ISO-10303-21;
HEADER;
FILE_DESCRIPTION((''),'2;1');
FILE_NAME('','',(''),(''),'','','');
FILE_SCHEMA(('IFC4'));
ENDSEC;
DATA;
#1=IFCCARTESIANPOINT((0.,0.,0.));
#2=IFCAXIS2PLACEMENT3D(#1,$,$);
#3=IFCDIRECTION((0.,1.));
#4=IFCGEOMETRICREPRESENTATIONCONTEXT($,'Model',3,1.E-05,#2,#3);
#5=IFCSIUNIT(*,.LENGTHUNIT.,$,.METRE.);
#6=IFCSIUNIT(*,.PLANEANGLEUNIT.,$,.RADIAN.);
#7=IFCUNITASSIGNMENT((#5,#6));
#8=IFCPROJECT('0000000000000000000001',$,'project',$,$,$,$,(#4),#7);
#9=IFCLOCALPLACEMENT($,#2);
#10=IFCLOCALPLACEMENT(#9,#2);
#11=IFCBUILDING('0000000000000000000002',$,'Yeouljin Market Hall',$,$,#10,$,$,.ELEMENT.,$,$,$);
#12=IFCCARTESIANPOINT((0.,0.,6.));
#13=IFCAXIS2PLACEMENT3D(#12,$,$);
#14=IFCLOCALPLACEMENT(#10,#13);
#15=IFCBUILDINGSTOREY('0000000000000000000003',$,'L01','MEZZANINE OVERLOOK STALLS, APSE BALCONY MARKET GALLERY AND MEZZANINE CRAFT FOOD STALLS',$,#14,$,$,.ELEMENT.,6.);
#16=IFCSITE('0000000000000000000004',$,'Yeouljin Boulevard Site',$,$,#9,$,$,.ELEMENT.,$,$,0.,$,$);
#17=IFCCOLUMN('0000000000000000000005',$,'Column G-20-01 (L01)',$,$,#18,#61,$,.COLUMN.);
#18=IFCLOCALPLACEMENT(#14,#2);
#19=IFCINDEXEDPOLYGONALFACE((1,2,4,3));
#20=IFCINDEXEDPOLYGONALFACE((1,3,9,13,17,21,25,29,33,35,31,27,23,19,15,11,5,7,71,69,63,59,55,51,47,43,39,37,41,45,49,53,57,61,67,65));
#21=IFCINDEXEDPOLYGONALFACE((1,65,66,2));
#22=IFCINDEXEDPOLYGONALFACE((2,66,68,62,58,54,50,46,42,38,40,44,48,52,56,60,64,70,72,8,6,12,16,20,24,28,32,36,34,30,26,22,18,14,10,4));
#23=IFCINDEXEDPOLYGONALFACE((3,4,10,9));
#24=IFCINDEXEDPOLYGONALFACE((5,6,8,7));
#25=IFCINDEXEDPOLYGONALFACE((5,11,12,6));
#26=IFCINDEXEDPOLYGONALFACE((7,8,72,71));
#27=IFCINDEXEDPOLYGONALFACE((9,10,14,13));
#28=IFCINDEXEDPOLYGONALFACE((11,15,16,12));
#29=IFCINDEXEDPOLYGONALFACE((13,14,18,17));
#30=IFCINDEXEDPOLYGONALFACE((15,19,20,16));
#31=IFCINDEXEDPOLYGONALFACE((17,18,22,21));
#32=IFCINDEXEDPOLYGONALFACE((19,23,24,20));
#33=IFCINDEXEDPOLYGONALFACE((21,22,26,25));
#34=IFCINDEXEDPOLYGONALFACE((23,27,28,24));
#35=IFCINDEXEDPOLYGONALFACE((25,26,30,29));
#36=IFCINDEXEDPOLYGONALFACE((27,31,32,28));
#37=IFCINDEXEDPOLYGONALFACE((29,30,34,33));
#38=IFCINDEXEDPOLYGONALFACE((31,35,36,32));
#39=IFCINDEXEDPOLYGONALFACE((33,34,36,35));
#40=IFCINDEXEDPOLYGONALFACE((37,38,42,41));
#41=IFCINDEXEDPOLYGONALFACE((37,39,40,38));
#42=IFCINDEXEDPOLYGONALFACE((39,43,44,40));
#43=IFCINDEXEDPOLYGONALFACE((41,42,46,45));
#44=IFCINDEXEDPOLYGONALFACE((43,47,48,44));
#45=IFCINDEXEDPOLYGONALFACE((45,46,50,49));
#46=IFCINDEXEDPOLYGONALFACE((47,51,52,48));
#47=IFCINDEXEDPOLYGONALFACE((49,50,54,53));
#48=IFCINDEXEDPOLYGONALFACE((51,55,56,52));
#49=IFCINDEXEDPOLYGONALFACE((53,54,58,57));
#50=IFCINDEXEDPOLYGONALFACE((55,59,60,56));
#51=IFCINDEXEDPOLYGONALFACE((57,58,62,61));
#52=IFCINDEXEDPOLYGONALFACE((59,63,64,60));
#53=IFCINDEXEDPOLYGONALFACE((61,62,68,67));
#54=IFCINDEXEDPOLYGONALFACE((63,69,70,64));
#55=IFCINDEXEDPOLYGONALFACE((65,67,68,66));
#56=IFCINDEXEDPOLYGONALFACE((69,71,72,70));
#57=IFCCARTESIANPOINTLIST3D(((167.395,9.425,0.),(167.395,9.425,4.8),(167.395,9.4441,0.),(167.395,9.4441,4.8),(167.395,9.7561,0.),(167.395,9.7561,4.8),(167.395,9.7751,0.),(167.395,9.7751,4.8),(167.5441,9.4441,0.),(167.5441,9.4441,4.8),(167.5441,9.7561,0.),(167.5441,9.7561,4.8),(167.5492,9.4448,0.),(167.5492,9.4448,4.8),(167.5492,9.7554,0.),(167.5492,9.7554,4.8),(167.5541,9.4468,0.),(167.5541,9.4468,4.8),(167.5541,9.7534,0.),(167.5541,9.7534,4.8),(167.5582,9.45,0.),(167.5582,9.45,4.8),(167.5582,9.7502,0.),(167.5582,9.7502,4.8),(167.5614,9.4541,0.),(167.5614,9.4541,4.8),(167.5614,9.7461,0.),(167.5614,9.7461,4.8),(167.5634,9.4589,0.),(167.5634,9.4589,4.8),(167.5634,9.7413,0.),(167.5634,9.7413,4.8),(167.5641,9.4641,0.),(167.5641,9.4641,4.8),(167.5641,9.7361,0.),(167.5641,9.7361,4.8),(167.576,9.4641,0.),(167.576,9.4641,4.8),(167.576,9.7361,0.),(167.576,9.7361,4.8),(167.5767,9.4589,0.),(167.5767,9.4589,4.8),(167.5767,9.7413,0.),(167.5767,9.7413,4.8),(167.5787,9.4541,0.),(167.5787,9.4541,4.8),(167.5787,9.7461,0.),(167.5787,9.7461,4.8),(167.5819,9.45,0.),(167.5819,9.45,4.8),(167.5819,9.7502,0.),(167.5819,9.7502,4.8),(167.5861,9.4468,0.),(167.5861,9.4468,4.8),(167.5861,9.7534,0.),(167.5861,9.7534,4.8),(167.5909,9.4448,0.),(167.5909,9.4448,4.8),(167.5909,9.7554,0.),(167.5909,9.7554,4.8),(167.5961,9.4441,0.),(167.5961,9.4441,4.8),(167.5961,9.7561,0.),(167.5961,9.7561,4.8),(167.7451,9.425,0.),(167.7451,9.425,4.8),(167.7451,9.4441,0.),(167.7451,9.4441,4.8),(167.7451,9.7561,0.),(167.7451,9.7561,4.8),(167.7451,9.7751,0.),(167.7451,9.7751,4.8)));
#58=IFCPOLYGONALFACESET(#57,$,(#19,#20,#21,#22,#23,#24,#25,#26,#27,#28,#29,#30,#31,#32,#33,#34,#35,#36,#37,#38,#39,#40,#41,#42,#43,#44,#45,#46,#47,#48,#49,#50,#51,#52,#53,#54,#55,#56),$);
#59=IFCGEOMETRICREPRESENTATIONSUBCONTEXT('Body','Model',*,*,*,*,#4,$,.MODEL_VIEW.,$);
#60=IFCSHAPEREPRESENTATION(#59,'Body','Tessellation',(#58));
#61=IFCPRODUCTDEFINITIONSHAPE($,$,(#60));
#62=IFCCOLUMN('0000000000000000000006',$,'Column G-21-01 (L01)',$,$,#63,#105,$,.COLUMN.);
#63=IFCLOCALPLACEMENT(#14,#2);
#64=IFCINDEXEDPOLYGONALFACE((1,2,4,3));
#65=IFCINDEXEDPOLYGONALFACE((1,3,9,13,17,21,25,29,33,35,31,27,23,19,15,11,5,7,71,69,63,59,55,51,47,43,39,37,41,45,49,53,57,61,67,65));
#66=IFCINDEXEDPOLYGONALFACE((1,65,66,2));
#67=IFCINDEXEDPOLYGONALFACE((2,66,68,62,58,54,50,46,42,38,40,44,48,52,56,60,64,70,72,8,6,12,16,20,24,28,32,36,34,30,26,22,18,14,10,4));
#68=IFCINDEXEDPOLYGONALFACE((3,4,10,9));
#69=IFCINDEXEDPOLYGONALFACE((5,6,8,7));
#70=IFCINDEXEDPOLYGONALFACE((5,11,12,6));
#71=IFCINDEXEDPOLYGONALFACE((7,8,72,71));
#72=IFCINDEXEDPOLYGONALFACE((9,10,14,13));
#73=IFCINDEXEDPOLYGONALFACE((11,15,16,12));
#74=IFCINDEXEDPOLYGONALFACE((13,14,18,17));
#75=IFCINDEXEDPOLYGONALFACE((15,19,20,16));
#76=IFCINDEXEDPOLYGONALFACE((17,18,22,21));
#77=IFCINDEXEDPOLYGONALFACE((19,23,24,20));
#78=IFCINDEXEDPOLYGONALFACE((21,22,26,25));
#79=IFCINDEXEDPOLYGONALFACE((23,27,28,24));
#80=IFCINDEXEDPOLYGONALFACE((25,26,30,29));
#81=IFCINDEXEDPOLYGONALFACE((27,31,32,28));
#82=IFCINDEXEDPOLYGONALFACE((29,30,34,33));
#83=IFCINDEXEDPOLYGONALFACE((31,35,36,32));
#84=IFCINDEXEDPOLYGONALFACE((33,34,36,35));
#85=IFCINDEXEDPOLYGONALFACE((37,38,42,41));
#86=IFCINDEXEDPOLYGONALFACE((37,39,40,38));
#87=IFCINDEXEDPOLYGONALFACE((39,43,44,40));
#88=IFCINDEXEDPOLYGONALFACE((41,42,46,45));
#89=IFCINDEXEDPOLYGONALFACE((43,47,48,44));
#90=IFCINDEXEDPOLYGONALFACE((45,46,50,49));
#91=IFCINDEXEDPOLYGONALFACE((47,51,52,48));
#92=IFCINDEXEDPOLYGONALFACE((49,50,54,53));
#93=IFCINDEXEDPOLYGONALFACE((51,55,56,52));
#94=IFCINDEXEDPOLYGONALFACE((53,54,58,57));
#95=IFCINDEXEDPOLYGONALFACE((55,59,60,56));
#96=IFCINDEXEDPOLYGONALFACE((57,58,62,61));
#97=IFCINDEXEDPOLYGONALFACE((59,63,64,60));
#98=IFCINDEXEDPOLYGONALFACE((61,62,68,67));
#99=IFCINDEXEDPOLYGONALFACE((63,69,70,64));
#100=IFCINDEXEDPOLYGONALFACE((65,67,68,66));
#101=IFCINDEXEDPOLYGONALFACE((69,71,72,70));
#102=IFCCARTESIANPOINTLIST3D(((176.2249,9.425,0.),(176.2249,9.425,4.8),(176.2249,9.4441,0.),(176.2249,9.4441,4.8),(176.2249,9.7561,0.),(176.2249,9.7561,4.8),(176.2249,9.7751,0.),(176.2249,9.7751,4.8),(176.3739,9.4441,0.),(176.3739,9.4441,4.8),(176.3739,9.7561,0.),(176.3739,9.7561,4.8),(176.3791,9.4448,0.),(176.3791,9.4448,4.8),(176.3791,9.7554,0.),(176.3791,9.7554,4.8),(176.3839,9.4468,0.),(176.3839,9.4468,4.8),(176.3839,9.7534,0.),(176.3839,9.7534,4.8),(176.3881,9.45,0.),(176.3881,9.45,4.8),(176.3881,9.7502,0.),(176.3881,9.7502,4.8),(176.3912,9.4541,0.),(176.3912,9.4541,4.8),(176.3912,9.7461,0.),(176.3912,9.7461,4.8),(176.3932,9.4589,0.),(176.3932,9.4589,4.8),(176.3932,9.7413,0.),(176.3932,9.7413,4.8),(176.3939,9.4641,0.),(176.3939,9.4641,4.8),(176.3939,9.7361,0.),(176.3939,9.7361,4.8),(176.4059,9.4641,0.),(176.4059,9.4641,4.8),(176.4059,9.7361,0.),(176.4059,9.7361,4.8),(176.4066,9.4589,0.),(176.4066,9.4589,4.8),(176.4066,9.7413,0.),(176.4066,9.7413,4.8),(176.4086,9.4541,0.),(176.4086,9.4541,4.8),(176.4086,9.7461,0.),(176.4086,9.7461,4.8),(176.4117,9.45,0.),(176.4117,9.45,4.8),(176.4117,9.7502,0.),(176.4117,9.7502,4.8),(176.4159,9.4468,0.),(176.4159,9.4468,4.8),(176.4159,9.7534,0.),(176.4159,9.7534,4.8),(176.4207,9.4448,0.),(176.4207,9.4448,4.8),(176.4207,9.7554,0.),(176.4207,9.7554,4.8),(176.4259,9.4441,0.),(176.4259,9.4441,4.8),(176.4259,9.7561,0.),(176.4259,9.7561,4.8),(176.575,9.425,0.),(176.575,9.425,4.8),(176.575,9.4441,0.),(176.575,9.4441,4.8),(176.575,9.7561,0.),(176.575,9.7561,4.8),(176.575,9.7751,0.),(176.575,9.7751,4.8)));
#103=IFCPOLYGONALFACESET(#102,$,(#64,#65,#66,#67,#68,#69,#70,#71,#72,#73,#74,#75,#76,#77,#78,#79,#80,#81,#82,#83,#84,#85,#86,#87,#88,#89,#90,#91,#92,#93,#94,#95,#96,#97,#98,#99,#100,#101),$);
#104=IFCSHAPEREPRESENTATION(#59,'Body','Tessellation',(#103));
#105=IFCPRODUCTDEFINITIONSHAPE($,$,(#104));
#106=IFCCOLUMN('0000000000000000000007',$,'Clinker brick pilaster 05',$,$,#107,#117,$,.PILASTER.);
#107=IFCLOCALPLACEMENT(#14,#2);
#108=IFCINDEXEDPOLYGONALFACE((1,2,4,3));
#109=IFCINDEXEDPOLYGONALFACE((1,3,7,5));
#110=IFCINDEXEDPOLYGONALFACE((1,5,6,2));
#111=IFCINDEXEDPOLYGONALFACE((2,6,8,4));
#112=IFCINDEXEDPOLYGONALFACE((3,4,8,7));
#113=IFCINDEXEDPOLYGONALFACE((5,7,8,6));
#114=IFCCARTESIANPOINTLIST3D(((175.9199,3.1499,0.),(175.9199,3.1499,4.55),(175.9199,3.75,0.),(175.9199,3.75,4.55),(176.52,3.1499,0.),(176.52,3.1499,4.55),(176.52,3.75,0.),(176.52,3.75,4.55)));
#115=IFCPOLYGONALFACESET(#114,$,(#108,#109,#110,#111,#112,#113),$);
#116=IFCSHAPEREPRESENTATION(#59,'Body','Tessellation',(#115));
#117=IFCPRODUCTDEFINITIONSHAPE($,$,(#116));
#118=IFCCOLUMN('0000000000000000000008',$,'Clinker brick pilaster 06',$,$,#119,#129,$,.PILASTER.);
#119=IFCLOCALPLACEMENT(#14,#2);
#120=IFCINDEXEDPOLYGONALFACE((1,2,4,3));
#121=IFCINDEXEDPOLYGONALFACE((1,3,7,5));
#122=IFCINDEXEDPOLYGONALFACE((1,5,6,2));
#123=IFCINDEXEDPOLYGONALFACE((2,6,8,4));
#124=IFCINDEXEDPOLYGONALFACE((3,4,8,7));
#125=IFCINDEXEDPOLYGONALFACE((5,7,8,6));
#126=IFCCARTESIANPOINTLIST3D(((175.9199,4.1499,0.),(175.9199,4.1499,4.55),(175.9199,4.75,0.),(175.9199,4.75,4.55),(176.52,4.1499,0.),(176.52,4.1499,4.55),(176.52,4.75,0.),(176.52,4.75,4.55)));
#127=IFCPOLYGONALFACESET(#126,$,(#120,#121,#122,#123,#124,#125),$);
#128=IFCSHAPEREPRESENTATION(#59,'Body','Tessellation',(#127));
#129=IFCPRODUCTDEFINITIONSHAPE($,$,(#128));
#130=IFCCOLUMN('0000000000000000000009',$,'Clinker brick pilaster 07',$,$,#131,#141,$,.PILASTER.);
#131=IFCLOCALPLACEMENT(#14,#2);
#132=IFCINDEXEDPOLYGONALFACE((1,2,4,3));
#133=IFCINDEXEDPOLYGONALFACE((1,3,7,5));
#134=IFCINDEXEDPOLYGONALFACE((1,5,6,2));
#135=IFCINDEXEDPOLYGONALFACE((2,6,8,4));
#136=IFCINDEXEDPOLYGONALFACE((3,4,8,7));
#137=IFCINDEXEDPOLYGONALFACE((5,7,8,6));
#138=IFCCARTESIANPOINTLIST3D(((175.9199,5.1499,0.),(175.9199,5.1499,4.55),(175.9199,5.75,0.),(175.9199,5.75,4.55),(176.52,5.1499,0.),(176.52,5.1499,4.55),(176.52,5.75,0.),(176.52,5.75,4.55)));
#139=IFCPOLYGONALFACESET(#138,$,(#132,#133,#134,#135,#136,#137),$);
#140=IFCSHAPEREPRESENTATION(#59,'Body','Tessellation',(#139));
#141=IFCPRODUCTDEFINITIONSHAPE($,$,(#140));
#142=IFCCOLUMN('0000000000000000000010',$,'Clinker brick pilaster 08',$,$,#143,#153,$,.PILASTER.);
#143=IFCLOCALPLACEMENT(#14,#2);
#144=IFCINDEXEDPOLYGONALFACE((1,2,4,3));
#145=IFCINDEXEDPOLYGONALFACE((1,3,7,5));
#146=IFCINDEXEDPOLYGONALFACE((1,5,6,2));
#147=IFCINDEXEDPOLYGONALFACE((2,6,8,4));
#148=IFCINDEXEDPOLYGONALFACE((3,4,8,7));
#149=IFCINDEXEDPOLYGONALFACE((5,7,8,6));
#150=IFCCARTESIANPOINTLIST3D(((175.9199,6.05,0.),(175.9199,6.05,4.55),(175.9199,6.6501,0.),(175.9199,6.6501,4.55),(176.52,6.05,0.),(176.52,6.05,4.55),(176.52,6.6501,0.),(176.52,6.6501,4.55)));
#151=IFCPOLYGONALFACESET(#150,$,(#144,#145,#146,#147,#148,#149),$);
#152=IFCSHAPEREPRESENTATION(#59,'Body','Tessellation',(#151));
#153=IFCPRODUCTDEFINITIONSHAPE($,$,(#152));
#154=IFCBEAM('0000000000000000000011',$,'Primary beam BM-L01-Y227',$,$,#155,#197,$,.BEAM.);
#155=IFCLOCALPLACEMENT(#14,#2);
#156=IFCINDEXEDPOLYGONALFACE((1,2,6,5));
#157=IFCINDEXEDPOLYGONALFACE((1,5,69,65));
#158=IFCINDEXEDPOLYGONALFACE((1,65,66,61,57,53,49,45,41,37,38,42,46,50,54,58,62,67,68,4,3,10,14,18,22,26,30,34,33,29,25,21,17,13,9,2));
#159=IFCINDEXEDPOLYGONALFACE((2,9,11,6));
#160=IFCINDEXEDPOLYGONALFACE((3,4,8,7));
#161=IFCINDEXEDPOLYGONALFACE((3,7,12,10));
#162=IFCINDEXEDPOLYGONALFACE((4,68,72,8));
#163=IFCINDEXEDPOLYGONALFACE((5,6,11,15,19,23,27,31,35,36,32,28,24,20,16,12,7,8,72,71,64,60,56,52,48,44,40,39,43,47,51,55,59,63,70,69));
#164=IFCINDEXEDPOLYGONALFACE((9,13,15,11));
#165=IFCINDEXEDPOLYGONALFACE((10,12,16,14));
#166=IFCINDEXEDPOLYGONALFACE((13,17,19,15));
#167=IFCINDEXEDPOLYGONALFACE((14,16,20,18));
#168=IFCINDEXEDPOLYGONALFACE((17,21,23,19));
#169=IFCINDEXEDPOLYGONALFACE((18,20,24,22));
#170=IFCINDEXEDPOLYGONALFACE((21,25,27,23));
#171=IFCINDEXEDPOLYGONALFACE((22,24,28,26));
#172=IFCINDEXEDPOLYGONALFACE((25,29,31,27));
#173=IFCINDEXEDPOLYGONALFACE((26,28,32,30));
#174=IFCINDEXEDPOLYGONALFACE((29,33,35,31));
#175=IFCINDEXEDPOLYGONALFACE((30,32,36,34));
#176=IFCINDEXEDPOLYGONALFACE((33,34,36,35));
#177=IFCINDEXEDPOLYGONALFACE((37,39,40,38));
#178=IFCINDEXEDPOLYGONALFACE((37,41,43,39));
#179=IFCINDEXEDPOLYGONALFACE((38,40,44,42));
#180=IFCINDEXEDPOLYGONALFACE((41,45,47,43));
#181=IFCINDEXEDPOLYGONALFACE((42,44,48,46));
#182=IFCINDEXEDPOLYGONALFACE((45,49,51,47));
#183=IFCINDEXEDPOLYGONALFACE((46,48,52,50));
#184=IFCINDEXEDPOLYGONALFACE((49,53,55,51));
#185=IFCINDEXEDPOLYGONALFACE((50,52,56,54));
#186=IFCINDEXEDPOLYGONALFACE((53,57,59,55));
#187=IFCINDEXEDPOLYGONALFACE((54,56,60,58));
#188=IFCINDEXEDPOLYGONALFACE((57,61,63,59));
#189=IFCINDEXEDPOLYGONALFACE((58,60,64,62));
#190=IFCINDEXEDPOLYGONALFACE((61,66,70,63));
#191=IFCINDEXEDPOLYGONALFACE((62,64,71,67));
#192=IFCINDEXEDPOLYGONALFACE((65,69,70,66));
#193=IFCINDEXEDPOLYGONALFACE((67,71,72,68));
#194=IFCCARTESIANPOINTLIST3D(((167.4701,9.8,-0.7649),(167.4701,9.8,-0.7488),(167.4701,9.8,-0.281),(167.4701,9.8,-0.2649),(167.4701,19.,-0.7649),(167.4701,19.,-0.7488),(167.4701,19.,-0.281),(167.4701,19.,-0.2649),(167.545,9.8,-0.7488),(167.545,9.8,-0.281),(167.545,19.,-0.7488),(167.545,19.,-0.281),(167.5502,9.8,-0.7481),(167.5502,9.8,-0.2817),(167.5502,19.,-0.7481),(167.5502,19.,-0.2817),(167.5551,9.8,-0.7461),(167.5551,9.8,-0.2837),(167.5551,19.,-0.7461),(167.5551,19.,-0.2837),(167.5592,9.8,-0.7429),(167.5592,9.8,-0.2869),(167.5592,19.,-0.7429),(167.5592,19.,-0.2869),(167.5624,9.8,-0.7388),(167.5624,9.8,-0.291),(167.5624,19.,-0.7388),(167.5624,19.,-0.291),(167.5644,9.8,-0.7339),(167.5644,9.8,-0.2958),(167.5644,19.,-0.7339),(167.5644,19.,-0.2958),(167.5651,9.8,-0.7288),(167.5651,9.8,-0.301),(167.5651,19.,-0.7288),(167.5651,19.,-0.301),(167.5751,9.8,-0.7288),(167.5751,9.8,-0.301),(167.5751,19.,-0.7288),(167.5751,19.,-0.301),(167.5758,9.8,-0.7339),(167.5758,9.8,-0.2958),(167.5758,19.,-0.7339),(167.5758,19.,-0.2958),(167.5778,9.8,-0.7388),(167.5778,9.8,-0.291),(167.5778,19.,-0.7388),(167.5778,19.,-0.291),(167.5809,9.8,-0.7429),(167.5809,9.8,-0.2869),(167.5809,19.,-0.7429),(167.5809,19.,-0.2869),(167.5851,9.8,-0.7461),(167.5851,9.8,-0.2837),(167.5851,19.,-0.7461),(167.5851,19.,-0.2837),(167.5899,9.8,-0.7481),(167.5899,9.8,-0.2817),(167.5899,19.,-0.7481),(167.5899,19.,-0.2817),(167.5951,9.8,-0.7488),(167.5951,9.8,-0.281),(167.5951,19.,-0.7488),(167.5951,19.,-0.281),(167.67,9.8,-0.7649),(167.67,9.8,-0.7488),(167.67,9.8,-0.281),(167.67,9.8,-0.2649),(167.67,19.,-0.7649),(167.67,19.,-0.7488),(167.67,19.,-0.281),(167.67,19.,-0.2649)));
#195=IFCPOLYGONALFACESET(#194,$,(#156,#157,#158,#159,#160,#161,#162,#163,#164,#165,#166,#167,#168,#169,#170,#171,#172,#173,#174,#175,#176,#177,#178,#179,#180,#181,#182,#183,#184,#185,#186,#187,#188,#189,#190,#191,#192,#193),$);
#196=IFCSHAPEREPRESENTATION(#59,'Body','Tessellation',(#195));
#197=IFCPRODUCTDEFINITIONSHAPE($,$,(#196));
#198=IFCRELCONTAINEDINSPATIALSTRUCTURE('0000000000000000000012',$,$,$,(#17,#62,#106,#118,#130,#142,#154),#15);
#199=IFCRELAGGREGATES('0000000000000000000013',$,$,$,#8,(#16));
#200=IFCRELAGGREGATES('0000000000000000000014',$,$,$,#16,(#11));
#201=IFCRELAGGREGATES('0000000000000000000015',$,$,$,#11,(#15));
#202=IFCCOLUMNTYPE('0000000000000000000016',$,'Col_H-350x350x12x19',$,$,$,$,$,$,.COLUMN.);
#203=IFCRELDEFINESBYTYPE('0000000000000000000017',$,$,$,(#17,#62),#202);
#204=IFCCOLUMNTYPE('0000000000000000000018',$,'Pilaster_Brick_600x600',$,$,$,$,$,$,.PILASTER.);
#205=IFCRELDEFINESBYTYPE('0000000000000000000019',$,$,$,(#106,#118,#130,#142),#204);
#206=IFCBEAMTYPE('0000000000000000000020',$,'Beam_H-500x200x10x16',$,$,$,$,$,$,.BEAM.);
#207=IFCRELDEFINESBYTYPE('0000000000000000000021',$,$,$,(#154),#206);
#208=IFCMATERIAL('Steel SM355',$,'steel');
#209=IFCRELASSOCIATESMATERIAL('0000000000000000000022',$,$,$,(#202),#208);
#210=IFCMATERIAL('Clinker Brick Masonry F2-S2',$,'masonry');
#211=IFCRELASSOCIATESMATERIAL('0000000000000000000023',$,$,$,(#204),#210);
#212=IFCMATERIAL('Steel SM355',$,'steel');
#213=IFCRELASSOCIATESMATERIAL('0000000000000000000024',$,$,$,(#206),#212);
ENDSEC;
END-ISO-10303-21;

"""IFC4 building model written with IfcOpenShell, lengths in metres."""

from ifc_helpers import new_model, si_unit, direction, frame, origin, origin_2d, place, context, subcontext, project, spatial, rectangle, i_section, extrude, material, material_profile, profile_set, type_object, element, save


model = new_model("IFC4")

# Units and contexts
model_context = context("Model", 3, precision=1e-05, world=origin(), true_north=direction((0.0, 1.0)))
body_context = subcontext(model_context, "Body", "Model", "MODEL_VIEW")
ifc_project = project(units=[si_unit("LENGTHUNIT", "METRE"), si_unit("PLANEANGLEUNIT", "RADIAN")], contexts=[model_context])

# Site, building, storey
site_placement = place(None, origin())
site = spatial("IfcSite", under=ifc_project, at=site_placement, Name="Yeouljin Boulevard Site", CompositionType="ELEMENT", RefElevation=0.0)
building_placement = place(site_placement, origin())
building = spatial("IfcBuilding", under=site, at=building_placement, Name="Yeouljin Market Hall", CompositionType="ELEMENT")
storey_placement = place(building_placement, frame((0.0, 0.0, 6.0)))
storey = spatial("IfcBuildingStorey", under=building, at=storey_placement, Name="L01", Description="MEZZANINE OVERLOOK STALLS, APSE BALCONY MARKET GALLERY AND MEZZANINE CRAFT FOOD STALLS", CompositionType="ELEMENT", Elevation=6.0)

# Columns
ifc_material_1 = material(Name="Steel SM355", Category="steel")
ifc_material_profile_1 = material_profile(ifc_material_1, i_section(OverallWidth=0.3501, OverallDepth=0.3501, WebThickness=0.012, FlangeThickness=0.019, FilletRadius=0.02, at=origin_2d()), Name="H-350x350x12x19")
ifc_profile_set_1 = profile_set([ifc_material_profile_1], Name="Steel SM355")
column_type_1 = type_object("IfcColumnType", Name="Col_H-350x350x12x19", PredefinedType="COLUMN", material=ifc_profile_set_1)
for number, where, z_axis, x_axis, name in (
    (1, (167.5701, 9.6001, 0.0), (0.0, 0.0, 1.0), (1.0, 0.0, 0.0), "Column G-20-01 (L01)"),
    (2, (176.3999, 9.6001, 0.0), (0.0, 0.0, 1.0), (1.0, 0.0, 0.0), "Column G-21-01 (L01)"),
):
    element("IfcColumn", number, at=place(storey_placement, frame(where, z_axis=z_axis, x_axis=x_axis)), inside=storey, type_object=column_type_1, Name=name, PredefinedType="COLUMN", context=body_context, shape_type="SweptSolid", body=[
        extrude(i_section(OverallWidth=0.3501, OverallDepth=0.3501, WebThickness=0.012, FlangeThickness=0.019, FilletRadius=0.02, at=origin_2d()), origin(), (0.0, 0.0, 1.0), 4.8),
    ])
ifc_material_2 = material(Name="Clinker Brick Masonry F2-S2", Category="masonry")
ifc_material_profile_2 = material_profile(ifc_material_2, rectangle(XDim=0.6001, YDim=0.6001, at=origin_2d()), Name="PIL-600x600")
ifc_profile_set_2 = profile_set([ifc_material_profile_2], Name="Clinker Brick Masonry F2-S2")
column_type_2 = type_object("IfcColumnType", Name="Pilaster_Brick_600x600", PredefinedType="PILASTER", material=ifc_profile_set_2)
for number, where, z_axis, x_axis, name in (
    (3, (176.22, 3.45, 0.0), (0.0, 0.0, 1.0), (1.0, 0.0, 0.0), "Clinker brick pilaster 05"),
    (4, (176.22, 4.45, 0.0), (0.0, 0.0, 1.0), (1.0, 0.0, 0.0), "Clinker brick pilaster 06"),
    (5, (176.22, 5.45, 0.0), (0.0, 0.0, 1.0), (1.0, 0.0, 0.0), "Clinker brick pilaster 07"),
    (6, (176.22, 6.3501, 0.0), (0.0, 0.0, 1.0), (1.0, 0.0, 0.0), "Clinker brick pilaster 08"),
):
    element("IfcColumn", number, at=place(storey_placement, frame(where, z_axis=z_axis, x_axis=x_axis)), inside=storey, type_object=column_type_2, Name=name, PredefinedType="PILASTER", context=body_context, shape_type="SweptSolid", body=[
        extrude(rectangle(XDim=0.6001, YDim=0.6001, at=origin_2d()), origin(), (0.0, 0.0, 1.0), 4.55),
    ])

# Beam
ifc_material_3 = material(Name="Steel SM355", Category="steel")
ifc_material_profile_3 = material_profile(ifc_material_3, i_section(OverallWidth=0.2, OverallDepth=0.5, WebThickness=0.01, FlangeThickness=0.0161, FilletRadius=0.02, at=origin_2d()), Name="H-500x200x10x16")
ifc_profile_set_3 = profile_set([ifc_material_profile_3], Name="Steel SM355")
beam_type_1 = type_object("IfcBeamType", Name="Beam_H-500x200x10x16", PredefinedType="BEAM", material=ifc_profile_set_3)
for number, where, z_axis, x_axis, name in (
    (7, (167.5701, 9.8, -0.5149), (0.0, 1.0, 0.0), (-1.0, 0.0, 0.0), "Primary beam BM-L01-Y227"),
):
    element("IfcBeam", number, at=place(storey_placement, frame(where, z_axis=z_axis, x_axis=x_axis)), inside=storey, type_object=beam_type_1, Name=name, PredefinedType="BEAM", context=body_context, shape_type="SweptSolid", body=[
        extrude(i_section(OverallWidth=0.2, OverallDepth=0.5, WebThickness=0.01, FlangeThickness=0.0161, FilletRadius=0.02, at=origin_2d()), origin(), (0.0, 0.0, 1.0), 9.2),
    ])

save(model, "model.ifc")
